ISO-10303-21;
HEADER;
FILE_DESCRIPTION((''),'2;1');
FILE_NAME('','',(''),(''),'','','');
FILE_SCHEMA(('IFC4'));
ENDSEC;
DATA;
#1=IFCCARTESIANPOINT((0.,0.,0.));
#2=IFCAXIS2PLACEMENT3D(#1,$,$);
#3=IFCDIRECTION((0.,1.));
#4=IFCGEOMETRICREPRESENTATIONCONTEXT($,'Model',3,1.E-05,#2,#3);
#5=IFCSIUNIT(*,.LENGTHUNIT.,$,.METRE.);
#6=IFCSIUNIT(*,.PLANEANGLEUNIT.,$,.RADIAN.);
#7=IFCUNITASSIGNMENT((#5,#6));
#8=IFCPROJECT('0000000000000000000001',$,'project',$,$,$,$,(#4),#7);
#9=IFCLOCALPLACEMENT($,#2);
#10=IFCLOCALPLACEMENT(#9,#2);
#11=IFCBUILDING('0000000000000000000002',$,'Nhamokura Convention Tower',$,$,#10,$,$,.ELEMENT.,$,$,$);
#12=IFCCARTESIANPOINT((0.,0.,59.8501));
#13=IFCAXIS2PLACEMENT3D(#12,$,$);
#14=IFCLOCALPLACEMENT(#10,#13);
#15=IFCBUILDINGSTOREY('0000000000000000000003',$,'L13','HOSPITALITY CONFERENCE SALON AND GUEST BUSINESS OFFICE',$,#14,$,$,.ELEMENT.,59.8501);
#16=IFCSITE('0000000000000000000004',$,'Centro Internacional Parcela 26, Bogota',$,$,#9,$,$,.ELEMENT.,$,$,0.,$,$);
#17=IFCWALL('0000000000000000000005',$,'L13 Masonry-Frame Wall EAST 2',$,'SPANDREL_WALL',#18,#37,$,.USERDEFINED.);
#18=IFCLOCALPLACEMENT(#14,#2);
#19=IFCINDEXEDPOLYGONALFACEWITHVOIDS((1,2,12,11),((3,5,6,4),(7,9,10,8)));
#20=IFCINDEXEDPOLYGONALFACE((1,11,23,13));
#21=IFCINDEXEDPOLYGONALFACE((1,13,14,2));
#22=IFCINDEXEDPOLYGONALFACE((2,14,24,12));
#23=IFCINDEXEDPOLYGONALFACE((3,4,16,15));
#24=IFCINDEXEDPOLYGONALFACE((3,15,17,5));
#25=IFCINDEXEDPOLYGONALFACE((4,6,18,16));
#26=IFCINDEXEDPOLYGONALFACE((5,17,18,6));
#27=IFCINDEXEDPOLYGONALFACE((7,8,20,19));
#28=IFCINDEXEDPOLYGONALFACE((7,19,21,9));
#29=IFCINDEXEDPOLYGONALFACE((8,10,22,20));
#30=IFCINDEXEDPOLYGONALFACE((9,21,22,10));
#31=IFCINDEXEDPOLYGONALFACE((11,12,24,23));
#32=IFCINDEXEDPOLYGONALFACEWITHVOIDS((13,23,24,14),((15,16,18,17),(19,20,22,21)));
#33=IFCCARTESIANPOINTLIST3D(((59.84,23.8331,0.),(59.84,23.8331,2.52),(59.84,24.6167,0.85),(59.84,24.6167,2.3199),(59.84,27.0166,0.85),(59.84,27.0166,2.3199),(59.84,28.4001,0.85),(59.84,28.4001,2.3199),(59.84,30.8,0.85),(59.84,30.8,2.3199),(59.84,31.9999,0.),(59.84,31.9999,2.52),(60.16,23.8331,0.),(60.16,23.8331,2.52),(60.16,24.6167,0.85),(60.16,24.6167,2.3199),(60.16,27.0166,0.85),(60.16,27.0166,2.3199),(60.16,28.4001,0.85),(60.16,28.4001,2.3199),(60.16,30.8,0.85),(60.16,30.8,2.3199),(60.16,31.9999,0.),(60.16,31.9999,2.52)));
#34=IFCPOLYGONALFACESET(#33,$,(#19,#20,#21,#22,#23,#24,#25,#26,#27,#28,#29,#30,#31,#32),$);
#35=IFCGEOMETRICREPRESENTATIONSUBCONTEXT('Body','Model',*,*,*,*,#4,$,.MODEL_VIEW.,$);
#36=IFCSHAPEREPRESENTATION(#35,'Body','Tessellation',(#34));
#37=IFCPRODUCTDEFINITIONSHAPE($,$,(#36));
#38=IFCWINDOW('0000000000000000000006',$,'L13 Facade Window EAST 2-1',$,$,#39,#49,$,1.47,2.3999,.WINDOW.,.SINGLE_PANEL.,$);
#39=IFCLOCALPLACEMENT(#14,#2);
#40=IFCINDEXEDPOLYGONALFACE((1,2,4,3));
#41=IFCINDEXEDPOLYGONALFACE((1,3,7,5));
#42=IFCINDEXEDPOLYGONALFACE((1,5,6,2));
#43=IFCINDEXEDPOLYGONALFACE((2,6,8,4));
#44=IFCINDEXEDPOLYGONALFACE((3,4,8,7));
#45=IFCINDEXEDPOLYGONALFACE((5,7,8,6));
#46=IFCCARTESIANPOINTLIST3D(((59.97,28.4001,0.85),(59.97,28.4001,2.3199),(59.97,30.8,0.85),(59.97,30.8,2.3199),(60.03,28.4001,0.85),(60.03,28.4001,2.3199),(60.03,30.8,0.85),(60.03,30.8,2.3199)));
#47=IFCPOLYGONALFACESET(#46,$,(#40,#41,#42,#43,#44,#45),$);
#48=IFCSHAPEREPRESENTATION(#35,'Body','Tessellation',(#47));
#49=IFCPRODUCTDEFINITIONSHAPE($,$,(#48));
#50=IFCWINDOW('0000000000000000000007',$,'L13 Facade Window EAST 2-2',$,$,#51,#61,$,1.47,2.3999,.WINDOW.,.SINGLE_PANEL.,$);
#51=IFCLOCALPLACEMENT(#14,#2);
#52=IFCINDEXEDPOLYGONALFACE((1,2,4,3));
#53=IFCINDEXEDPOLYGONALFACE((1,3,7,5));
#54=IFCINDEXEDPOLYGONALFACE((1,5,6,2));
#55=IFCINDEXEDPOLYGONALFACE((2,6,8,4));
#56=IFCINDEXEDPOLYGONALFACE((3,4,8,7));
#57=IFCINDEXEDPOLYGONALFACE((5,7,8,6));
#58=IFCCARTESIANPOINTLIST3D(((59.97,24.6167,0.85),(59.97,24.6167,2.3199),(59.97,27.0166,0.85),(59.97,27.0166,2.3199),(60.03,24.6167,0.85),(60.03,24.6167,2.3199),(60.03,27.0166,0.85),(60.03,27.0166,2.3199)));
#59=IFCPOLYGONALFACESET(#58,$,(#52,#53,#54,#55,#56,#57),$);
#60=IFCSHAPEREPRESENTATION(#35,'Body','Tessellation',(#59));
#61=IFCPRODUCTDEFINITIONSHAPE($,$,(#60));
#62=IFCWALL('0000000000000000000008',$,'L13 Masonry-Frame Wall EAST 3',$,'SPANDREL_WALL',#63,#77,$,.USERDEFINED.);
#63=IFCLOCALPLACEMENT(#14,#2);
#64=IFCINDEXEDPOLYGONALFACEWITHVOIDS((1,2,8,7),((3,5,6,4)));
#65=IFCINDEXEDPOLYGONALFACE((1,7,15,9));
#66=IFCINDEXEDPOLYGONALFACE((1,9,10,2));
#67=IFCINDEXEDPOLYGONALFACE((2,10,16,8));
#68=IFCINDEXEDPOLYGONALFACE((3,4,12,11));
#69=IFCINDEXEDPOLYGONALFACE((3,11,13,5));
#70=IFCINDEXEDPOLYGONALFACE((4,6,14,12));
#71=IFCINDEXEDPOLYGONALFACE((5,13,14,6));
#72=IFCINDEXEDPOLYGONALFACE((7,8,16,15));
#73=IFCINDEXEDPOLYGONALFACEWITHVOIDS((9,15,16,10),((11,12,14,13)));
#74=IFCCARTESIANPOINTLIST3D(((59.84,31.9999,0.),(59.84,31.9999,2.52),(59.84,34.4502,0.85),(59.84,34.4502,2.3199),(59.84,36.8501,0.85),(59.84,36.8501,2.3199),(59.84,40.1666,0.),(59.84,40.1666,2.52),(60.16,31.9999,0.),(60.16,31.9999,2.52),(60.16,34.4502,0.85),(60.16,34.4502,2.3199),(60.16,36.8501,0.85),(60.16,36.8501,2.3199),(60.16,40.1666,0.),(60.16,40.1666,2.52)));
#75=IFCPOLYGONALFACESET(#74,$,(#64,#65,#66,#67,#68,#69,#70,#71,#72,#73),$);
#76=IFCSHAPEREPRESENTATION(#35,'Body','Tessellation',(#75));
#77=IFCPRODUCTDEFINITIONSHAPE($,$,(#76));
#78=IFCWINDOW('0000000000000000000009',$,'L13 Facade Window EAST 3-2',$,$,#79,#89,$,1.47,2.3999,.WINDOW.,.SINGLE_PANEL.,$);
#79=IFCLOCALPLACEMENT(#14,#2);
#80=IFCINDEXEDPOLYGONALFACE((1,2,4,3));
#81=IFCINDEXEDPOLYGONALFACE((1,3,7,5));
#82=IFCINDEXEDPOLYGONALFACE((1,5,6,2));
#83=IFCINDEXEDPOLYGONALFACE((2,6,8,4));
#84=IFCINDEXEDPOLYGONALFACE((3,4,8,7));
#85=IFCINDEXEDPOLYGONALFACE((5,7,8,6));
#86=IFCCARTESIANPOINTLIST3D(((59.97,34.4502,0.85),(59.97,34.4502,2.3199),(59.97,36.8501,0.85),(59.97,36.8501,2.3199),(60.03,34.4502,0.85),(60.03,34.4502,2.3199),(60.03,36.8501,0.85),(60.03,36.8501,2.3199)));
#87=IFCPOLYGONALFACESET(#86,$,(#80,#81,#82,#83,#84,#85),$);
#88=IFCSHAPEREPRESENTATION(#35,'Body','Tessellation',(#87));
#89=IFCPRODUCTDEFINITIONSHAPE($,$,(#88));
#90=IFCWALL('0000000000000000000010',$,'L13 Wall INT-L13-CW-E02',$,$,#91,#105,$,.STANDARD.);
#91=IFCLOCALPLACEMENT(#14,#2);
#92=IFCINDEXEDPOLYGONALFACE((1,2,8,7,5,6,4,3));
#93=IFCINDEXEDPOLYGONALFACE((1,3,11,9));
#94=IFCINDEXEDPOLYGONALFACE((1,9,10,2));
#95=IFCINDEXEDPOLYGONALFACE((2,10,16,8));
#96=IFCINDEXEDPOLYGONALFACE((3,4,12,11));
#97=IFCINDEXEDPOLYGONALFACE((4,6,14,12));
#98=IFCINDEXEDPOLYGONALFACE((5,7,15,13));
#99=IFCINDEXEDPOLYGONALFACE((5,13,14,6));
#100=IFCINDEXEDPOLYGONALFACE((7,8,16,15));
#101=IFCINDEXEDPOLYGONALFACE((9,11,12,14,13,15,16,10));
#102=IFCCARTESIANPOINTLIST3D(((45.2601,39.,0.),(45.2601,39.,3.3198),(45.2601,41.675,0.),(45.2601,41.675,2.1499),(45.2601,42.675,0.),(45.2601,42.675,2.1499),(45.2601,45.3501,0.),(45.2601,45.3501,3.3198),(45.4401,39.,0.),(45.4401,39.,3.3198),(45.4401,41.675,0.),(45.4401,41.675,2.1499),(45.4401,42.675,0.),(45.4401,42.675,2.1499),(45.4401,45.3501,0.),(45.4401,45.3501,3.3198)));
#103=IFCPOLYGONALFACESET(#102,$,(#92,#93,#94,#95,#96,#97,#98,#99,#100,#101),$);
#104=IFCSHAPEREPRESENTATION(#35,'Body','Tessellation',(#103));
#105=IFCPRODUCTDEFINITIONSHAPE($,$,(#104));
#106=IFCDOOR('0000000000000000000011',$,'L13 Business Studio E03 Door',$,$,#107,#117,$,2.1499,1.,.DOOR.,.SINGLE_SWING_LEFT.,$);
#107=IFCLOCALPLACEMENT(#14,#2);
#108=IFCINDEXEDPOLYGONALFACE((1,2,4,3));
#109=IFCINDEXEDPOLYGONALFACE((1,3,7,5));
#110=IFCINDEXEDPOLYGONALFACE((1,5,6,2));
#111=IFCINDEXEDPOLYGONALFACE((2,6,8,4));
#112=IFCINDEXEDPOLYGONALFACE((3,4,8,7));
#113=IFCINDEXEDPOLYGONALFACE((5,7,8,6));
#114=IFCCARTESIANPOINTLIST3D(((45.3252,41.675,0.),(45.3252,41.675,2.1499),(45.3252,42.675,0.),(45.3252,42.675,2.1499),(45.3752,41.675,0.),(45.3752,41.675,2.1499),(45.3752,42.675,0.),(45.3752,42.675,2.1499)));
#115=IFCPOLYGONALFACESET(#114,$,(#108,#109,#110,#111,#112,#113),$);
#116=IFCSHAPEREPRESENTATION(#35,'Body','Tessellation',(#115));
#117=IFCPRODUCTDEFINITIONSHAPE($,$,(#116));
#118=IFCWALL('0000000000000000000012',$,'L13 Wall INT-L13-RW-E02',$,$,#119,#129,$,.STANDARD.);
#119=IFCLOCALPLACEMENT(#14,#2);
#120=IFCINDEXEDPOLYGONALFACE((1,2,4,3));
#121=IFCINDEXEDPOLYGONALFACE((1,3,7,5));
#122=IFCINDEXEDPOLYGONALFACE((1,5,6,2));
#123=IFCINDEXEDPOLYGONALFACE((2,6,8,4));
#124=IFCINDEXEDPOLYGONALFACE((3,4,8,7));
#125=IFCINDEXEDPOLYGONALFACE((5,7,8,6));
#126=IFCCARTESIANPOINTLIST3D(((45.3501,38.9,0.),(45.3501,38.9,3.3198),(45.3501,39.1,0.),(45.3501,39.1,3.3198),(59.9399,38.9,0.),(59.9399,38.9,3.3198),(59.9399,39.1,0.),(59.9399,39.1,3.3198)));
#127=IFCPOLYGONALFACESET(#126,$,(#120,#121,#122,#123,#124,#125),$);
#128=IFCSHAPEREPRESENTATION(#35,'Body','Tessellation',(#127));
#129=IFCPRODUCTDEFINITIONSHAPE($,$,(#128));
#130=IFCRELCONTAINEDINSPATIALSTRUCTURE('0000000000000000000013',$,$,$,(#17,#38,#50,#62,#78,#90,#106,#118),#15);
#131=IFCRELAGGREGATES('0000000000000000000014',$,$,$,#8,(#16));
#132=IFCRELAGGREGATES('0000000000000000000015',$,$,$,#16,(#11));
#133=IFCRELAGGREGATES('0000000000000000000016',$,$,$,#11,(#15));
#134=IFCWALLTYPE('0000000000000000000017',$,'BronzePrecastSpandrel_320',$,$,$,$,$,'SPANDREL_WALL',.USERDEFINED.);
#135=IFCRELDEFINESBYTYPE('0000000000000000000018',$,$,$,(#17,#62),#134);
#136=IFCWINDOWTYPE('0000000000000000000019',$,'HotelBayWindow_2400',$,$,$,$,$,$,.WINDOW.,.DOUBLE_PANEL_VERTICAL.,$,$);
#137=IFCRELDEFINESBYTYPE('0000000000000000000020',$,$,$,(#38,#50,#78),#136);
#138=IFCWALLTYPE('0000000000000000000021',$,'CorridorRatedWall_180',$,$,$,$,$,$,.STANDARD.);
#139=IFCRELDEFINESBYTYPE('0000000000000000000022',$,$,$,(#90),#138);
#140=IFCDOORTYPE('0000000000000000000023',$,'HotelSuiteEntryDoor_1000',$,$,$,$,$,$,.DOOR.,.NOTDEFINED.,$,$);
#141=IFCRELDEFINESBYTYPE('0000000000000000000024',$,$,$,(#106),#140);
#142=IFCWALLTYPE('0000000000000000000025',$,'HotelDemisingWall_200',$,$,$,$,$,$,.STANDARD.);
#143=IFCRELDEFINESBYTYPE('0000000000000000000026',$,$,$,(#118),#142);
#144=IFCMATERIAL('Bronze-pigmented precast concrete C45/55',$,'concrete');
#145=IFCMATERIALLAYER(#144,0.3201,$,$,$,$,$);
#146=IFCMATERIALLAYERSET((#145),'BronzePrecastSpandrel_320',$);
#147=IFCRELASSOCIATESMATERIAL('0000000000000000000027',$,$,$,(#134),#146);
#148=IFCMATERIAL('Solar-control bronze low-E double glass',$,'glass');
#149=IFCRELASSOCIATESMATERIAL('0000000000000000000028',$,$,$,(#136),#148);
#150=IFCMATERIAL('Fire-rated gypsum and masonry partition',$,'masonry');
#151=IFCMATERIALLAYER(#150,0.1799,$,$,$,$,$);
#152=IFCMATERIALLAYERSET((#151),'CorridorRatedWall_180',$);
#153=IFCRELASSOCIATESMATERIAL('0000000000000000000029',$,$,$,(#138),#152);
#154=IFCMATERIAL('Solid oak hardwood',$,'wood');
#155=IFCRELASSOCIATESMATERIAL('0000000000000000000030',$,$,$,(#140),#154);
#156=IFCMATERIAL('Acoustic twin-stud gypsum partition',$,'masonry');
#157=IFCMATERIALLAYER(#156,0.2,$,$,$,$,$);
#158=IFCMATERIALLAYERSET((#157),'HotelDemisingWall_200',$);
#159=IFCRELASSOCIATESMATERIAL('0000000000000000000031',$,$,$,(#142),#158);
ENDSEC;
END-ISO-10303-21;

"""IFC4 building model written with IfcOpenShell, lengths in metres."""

from ifc_helpers import new_model, si_unit, direction, frame, frame_2d, origin, place, context, subcontext, project, spatial, rectangle, extrude, material, layer, layer_set, type_object, element, fill, save


model = new_model("IFC4")

# Units and contexts
model_context = context("Model", 3, precision=1e-05, world=origin(), true_north=direction((0.0, 1.0)))
body_context = subcontext(model_context, "Body", "Model", "MODEL_VIEW")
ifc_project = project(units=[si_unit("LENGTHUNIT", "METRE"), si_unit("PLANEANGLEUNIT", "RADIAN")], contexts=[model_context])

# Site, building, storey
site_placement = place(None, origin())
site = spatial("IfcSite", under=ifc_project, at=site_placement, Name="Centro Internacional Parcela 26, Bogota", CompositionType="ELEMENT", RefElevation=0.0)
building_placement = place(site_placement, origin())
building = spatial("IfcBuilding", under=site, at=building_placement, Name="Nhamokura Convention Tower", CompositionType="ELEMENT")
storey_placement = place(building_placement, frame((0.0, 0.0, 59.8501)))
storey = spatial("IfcBuildingStorey", under=building, at=storey_placement, Name="L13", Description="HOSPITALITY CONFERENCE SALON AND GUEST BUSINESS OFFICE", CompositionType="ELEMENT", Elevation=59.8501)

# Wall, openings, windows
ifc_material_1 = material(Name="Bronze-pigmented precast concrete C45/55", Category="concrete")
ifc_layer_1 = layer(ifc_material_1, 0.3201)
ifc_layer_set_1 = layer_set([ifc_layer_1], Name="BronzePrecastSpandrel_320")
wall_type_1 = type_object("IfcWallType", Name="BronzePrecastSpandrel_320", ElementType="SPANDREL_WALL", PredefinedType="USERDEFINED", material=ifc_layer_set_1)
wall_1_placement = place(storey_placement, frame((60.0, 32.0, 0.0), z_axis=(0.0, 0.0, 1.0), x_axis=(0.0, -1.0, 0.0)))
wall_1 = element("IfcWall", 1, at=wall_1_placement, inside=storey, type_object=wall_type_1, Name="L13 Masonry-Frame Wall EAST 2", ObjectType="SPANDREL_WALL", PredefinedType="USERDEFINED", context=body_context, shape_type="SweptSolid", body=[
    extrude(rectangle(XDim=8.1667, YDim=0.3201, at=frame_2d((4.0835, 0.0))), origin(), (0.0, 0.0, 1.0), 2.52),
])
opening_1_placement = place(wall_1_placement, frame((1.2, 0.0, 0.8501)))
opening_1 = element("IfcOpeningElement", 2, at=opening_1_placement, cuts=wall_1, PredefinedType="OPENING", context=body_context, shape_type="SweptSolid", body=[
    extrude(rectangle(XDim=2.3999, YDim=1.47, at=frame_2d((1.2, 0.7349))), frame((0.0, 0.1699, 0.0), z_axis=(0.0, -1.0, 0.0), x_axis=(1.0, 0.0, 0.0)), (0.0, 0.0, 1.0), 0.3401),
])
opening_2_placement = place(wall_1_placement, frame((4.9834, 0.0, 0.8501)))
opening_2 = element("IfcOpeningElement", 3, at=opening_2_placement, cuts=wall_1, PredefinedType="OPENING", context=body_context, shape_type="SweptSolid", body=[
    extrude(rectangle(XDim=2.3999, YDim=1.47, at=frame_2d((1.2, 0.7349))), frame((0.0, 0.1699, 0.0), z_axis=(0.0, -1.0, 0.0), x_axis=(1.0, 0.0, 0.0)), (0.0, 0.0, 1.0), 0.3401),
])
ifc_material_2 = material(Name="Solar-control bronze low-E double glass", Category="glass")
window_type = type_object("IfcWindowType", Name="HotelBayWindow_2400", PartitioningType="DOUBLE_PANEL_VERTICAL", PredefinedType="WINDOW", material=ifc_material_2)
window_1_placement = place(opening_1_placement, origin())
window_1 = element("IfcWindow", 4, at=window_1_placement, inside=storey, type_object=window_type, Name="L13 Facade Window EAST 2-1", OverallHeight=1.47, OverallWidth=2.3999, PartitioningType="SINGLE_PANEL", PredefinedType="WINDOW", context=body_context, shape_type="SweptSolid", body=[
    extrude(rectangle(XDim=2.3999, YDim=1.47, at=frame_2d((1.2, 0.7349))), frame((0.0, 0.03, 0.0), z_axis=(0.0, -1.0, 0.0), x_axis=(1.0, 0.0, 0.0)), (0.0, 0.0, 1.0), 0.0601),
])
fill(opening_1, window_1)
window_2_placement = place(opening_2_placement, origin())
window_2 = element("IfcWindow", 5, at=window_2_placement, inside=storey, type_object=window_type, Name="L13 Facade Window EAST 2-2", OverallHeight=1.47, OverallWidth=2.3999, PartitioningType="SINGLE_PANEL", PredefinedType="WINDOW", context=body_context, shape_type="SweptSolid", body=[
    extrude(rectangle(XDim=2.3999, YDim=1.47, at=frame_2d((1.2, 0.7349))), frame((0.0, 0.03, 0.0), z_axis=(0.0, -1.0, 0.0), x_axis=(1.0, 0.0, 0.0)), (0.0, 0.0, 1.0), 0.0601),
])
fill(opening_2, window_2)

# Wall, opening, window
wall_2_placement = place(storey_placement, frame((60.0, 40.1667, 0.0), z_axis=(0.0, 0.0, 1.0), x_axis=(0.0, -1.0, 0.0)))
wall_2 = element("IfcWall", 6, at=wall_2_placement, inside=storey, type_object=wall_type_1, Name="L13 Masonry-Frame Wall EAST 3", ObjectType="SPANDREL_WALL", PredefinedType="USERDEFINED", context=body_context, shape_type="SweptSolid", body=[
    extrude(rectangle(XDim=8.1667, YDim=0.3201, at=frame_2d((4.0835, 0.0))), origin(), (0.0, 0.0, 1.0), 2.52),
])
opening_3_placement = place(wall_2_placement, frame((3.3167, 0.0, 0.8501)))
opening_3 = element("IfcOpeningElement", 7, at=opening_3_placement, cuts=wall_2, PredefinedType="OPENING", context=body_context, shape_type="SweptSolid", body=[
    extrude(rectangle(XDim=2.3999, YDim=1.47, at=frame_2d((1.2, 0.7349))), frame((0.0, 0.1699, 0.0), z_axis=(0.0, -1.0, 0.0), x_axis=(1.0, 0.0, 0.0)), (0.0, 0.0, 1.0), 0.3401),
])
window_3_placement = place(opening_3_placement, origin())
window_3 = element("IfcWindow", 8, at=window_3_placement, inside=storey, type_object=window_type, Name="L13 Facade Window EAST 3-2", OverallHeight=1.47, OverallWidth=2.3999, PartitioningType="SINGLE_PANEL", PredefinedType="WINDOW", context=body_context, shape_type="SweptSolid", body=[
    extrude(rectangle(XDim=2.3999, YDim=1.47, at=frame_2d((1.2, 0.7349))), frame((0.0, 0.03, 0.0), z_axis=(0.0, -1.0, 0.0), x_axis=(1.0, 0.0, 0.0)), (0.0, 0.0, 1.0), 0.0601),
])
fill(opening_3, window_3)

# Wall, opening, door
ifc_material_3 = material(Name="Fire-rated gypsum and masonry partition", Category="masonry")
ifc_layer_2 = layer(ifc_material_3, 0.1799)
ifc_layer_set_2 = layer_set([ifc_layer_2], Name="CorridorRatedWall_180")
wall_type_2 = type_object("IfcWallType", Name="CorridorRatedWall_180", PredefinedType="STANDARD", material=ifc_layer_set_2)
wall_3_placement = place(storey_placement, frame((45.3501, 39.0, 0.0), z_axis=(0.0, 0.0, 1.0), x_axis=(0.0, 1.0, 0.0)))
wall_3 = element("IfcWall", 9, at=wall_3_placement, inside=storey, type_object=wall_type_2, Name="L13 Wall INT-L13-CW-E02", PredefinedType="STANDARD", context=body_context, shape_type="SweptSolid", body=[
    extrude(rectangle(XDim=6.3501, YDim=0.1799, at=frame_2d((3.175, 0.0))), origin(), (0.0, 0.0, 1.0), 3.3198),
])
opening_4_placement = place(wall_3_placement, frame((2.675, 0.0, 0.0)))
opening_4 = element("IfcOpeningElement", 10, at=opening_4_placement, cuts=wall_3, PredefinedType="OPENING", context=body_context, shape_type="SweptSolid", body=[
    extrude(rectangle(XDim=1.0, YDim=2.1499, at=frame_2d((0.5, 1.075))), frame((0.0, 0.0999, 0.0), z_axis=(0.0, -1.0, 0.0), x_axis=(1.0, 0.0, 0.0)), (0.0, 0.0, 1.0), 0.2),
])
ifc_material_4 = material(Name="Solid oak hardwood", Category="wood")
door_type = type_object("IfcDoorType", Name="HotelSuiteEntryDoor_1000", OperationType="NOTDEFINED", PredefinedType="DOOR", material=ifc_material_4)
door_placement = place(opening_4_placement, origin())
door = element("IfcDoor", 11, at=door_placement, inside=storey, type_object=door_type, Name="L13 Business Studio E03 Door", OperationType="SINGLE_SWING_LEFT", OverallHeight=2.1499, OverallWidth=1.0, PredefinedType="DOOR", context=body_context, shape_type="SweptSolid", body=[
    extrude(rectangle(XDim=1.0, YDim=2.1499, at=frame_2d((0.5, 1.075))), frame((0.0, 0.0249, 0.0), z_axis=(0.0, -1.0, 0.0), x_axis=(1.0, 0.0, 0.0)), (0.0, 0.0, 1.0), 0.05),
])
fill(opening_4, door)

# Wall
ifc_material_5 = material(Name="Acoustic twin-stud gypsum partition", Category="masonry")
ifc_layer_3 = layer(ifc_material_5, 0.2)
ifc_layer_set_3 = layer_set([ifc_layer_3], Name="HotelDemisingWall_200")
wall_type_3 = type_object("IfcWallType", Name="HotelDemisingWall_200", PredefinedType="STANDARD", material=ifc_layer_set_3)
wall_4_placement = place(storey_placement, frame((45.3501, 39.0, 0.0), z_axis=(0.0, 0.0, 1.0), x_axis=(1.0, 0.0, 0.0)))
element("IfcWall", 12, at=wall_4_placement, inside=storey, type_object=wall_type_3, Name="L13 Wall INT-L13-RW-E02", PredefinedType="STANDARD", context=body_context, shape_type="SweptSolid", body=[
    extrude(rectangle(XDim=14.5898, YDim=0.2, at=frame_2d((7.2949, 0.0))), origin(), (0.0, 0.0, 1.0), 3.3198),
])

save(model, "model.ifc")
